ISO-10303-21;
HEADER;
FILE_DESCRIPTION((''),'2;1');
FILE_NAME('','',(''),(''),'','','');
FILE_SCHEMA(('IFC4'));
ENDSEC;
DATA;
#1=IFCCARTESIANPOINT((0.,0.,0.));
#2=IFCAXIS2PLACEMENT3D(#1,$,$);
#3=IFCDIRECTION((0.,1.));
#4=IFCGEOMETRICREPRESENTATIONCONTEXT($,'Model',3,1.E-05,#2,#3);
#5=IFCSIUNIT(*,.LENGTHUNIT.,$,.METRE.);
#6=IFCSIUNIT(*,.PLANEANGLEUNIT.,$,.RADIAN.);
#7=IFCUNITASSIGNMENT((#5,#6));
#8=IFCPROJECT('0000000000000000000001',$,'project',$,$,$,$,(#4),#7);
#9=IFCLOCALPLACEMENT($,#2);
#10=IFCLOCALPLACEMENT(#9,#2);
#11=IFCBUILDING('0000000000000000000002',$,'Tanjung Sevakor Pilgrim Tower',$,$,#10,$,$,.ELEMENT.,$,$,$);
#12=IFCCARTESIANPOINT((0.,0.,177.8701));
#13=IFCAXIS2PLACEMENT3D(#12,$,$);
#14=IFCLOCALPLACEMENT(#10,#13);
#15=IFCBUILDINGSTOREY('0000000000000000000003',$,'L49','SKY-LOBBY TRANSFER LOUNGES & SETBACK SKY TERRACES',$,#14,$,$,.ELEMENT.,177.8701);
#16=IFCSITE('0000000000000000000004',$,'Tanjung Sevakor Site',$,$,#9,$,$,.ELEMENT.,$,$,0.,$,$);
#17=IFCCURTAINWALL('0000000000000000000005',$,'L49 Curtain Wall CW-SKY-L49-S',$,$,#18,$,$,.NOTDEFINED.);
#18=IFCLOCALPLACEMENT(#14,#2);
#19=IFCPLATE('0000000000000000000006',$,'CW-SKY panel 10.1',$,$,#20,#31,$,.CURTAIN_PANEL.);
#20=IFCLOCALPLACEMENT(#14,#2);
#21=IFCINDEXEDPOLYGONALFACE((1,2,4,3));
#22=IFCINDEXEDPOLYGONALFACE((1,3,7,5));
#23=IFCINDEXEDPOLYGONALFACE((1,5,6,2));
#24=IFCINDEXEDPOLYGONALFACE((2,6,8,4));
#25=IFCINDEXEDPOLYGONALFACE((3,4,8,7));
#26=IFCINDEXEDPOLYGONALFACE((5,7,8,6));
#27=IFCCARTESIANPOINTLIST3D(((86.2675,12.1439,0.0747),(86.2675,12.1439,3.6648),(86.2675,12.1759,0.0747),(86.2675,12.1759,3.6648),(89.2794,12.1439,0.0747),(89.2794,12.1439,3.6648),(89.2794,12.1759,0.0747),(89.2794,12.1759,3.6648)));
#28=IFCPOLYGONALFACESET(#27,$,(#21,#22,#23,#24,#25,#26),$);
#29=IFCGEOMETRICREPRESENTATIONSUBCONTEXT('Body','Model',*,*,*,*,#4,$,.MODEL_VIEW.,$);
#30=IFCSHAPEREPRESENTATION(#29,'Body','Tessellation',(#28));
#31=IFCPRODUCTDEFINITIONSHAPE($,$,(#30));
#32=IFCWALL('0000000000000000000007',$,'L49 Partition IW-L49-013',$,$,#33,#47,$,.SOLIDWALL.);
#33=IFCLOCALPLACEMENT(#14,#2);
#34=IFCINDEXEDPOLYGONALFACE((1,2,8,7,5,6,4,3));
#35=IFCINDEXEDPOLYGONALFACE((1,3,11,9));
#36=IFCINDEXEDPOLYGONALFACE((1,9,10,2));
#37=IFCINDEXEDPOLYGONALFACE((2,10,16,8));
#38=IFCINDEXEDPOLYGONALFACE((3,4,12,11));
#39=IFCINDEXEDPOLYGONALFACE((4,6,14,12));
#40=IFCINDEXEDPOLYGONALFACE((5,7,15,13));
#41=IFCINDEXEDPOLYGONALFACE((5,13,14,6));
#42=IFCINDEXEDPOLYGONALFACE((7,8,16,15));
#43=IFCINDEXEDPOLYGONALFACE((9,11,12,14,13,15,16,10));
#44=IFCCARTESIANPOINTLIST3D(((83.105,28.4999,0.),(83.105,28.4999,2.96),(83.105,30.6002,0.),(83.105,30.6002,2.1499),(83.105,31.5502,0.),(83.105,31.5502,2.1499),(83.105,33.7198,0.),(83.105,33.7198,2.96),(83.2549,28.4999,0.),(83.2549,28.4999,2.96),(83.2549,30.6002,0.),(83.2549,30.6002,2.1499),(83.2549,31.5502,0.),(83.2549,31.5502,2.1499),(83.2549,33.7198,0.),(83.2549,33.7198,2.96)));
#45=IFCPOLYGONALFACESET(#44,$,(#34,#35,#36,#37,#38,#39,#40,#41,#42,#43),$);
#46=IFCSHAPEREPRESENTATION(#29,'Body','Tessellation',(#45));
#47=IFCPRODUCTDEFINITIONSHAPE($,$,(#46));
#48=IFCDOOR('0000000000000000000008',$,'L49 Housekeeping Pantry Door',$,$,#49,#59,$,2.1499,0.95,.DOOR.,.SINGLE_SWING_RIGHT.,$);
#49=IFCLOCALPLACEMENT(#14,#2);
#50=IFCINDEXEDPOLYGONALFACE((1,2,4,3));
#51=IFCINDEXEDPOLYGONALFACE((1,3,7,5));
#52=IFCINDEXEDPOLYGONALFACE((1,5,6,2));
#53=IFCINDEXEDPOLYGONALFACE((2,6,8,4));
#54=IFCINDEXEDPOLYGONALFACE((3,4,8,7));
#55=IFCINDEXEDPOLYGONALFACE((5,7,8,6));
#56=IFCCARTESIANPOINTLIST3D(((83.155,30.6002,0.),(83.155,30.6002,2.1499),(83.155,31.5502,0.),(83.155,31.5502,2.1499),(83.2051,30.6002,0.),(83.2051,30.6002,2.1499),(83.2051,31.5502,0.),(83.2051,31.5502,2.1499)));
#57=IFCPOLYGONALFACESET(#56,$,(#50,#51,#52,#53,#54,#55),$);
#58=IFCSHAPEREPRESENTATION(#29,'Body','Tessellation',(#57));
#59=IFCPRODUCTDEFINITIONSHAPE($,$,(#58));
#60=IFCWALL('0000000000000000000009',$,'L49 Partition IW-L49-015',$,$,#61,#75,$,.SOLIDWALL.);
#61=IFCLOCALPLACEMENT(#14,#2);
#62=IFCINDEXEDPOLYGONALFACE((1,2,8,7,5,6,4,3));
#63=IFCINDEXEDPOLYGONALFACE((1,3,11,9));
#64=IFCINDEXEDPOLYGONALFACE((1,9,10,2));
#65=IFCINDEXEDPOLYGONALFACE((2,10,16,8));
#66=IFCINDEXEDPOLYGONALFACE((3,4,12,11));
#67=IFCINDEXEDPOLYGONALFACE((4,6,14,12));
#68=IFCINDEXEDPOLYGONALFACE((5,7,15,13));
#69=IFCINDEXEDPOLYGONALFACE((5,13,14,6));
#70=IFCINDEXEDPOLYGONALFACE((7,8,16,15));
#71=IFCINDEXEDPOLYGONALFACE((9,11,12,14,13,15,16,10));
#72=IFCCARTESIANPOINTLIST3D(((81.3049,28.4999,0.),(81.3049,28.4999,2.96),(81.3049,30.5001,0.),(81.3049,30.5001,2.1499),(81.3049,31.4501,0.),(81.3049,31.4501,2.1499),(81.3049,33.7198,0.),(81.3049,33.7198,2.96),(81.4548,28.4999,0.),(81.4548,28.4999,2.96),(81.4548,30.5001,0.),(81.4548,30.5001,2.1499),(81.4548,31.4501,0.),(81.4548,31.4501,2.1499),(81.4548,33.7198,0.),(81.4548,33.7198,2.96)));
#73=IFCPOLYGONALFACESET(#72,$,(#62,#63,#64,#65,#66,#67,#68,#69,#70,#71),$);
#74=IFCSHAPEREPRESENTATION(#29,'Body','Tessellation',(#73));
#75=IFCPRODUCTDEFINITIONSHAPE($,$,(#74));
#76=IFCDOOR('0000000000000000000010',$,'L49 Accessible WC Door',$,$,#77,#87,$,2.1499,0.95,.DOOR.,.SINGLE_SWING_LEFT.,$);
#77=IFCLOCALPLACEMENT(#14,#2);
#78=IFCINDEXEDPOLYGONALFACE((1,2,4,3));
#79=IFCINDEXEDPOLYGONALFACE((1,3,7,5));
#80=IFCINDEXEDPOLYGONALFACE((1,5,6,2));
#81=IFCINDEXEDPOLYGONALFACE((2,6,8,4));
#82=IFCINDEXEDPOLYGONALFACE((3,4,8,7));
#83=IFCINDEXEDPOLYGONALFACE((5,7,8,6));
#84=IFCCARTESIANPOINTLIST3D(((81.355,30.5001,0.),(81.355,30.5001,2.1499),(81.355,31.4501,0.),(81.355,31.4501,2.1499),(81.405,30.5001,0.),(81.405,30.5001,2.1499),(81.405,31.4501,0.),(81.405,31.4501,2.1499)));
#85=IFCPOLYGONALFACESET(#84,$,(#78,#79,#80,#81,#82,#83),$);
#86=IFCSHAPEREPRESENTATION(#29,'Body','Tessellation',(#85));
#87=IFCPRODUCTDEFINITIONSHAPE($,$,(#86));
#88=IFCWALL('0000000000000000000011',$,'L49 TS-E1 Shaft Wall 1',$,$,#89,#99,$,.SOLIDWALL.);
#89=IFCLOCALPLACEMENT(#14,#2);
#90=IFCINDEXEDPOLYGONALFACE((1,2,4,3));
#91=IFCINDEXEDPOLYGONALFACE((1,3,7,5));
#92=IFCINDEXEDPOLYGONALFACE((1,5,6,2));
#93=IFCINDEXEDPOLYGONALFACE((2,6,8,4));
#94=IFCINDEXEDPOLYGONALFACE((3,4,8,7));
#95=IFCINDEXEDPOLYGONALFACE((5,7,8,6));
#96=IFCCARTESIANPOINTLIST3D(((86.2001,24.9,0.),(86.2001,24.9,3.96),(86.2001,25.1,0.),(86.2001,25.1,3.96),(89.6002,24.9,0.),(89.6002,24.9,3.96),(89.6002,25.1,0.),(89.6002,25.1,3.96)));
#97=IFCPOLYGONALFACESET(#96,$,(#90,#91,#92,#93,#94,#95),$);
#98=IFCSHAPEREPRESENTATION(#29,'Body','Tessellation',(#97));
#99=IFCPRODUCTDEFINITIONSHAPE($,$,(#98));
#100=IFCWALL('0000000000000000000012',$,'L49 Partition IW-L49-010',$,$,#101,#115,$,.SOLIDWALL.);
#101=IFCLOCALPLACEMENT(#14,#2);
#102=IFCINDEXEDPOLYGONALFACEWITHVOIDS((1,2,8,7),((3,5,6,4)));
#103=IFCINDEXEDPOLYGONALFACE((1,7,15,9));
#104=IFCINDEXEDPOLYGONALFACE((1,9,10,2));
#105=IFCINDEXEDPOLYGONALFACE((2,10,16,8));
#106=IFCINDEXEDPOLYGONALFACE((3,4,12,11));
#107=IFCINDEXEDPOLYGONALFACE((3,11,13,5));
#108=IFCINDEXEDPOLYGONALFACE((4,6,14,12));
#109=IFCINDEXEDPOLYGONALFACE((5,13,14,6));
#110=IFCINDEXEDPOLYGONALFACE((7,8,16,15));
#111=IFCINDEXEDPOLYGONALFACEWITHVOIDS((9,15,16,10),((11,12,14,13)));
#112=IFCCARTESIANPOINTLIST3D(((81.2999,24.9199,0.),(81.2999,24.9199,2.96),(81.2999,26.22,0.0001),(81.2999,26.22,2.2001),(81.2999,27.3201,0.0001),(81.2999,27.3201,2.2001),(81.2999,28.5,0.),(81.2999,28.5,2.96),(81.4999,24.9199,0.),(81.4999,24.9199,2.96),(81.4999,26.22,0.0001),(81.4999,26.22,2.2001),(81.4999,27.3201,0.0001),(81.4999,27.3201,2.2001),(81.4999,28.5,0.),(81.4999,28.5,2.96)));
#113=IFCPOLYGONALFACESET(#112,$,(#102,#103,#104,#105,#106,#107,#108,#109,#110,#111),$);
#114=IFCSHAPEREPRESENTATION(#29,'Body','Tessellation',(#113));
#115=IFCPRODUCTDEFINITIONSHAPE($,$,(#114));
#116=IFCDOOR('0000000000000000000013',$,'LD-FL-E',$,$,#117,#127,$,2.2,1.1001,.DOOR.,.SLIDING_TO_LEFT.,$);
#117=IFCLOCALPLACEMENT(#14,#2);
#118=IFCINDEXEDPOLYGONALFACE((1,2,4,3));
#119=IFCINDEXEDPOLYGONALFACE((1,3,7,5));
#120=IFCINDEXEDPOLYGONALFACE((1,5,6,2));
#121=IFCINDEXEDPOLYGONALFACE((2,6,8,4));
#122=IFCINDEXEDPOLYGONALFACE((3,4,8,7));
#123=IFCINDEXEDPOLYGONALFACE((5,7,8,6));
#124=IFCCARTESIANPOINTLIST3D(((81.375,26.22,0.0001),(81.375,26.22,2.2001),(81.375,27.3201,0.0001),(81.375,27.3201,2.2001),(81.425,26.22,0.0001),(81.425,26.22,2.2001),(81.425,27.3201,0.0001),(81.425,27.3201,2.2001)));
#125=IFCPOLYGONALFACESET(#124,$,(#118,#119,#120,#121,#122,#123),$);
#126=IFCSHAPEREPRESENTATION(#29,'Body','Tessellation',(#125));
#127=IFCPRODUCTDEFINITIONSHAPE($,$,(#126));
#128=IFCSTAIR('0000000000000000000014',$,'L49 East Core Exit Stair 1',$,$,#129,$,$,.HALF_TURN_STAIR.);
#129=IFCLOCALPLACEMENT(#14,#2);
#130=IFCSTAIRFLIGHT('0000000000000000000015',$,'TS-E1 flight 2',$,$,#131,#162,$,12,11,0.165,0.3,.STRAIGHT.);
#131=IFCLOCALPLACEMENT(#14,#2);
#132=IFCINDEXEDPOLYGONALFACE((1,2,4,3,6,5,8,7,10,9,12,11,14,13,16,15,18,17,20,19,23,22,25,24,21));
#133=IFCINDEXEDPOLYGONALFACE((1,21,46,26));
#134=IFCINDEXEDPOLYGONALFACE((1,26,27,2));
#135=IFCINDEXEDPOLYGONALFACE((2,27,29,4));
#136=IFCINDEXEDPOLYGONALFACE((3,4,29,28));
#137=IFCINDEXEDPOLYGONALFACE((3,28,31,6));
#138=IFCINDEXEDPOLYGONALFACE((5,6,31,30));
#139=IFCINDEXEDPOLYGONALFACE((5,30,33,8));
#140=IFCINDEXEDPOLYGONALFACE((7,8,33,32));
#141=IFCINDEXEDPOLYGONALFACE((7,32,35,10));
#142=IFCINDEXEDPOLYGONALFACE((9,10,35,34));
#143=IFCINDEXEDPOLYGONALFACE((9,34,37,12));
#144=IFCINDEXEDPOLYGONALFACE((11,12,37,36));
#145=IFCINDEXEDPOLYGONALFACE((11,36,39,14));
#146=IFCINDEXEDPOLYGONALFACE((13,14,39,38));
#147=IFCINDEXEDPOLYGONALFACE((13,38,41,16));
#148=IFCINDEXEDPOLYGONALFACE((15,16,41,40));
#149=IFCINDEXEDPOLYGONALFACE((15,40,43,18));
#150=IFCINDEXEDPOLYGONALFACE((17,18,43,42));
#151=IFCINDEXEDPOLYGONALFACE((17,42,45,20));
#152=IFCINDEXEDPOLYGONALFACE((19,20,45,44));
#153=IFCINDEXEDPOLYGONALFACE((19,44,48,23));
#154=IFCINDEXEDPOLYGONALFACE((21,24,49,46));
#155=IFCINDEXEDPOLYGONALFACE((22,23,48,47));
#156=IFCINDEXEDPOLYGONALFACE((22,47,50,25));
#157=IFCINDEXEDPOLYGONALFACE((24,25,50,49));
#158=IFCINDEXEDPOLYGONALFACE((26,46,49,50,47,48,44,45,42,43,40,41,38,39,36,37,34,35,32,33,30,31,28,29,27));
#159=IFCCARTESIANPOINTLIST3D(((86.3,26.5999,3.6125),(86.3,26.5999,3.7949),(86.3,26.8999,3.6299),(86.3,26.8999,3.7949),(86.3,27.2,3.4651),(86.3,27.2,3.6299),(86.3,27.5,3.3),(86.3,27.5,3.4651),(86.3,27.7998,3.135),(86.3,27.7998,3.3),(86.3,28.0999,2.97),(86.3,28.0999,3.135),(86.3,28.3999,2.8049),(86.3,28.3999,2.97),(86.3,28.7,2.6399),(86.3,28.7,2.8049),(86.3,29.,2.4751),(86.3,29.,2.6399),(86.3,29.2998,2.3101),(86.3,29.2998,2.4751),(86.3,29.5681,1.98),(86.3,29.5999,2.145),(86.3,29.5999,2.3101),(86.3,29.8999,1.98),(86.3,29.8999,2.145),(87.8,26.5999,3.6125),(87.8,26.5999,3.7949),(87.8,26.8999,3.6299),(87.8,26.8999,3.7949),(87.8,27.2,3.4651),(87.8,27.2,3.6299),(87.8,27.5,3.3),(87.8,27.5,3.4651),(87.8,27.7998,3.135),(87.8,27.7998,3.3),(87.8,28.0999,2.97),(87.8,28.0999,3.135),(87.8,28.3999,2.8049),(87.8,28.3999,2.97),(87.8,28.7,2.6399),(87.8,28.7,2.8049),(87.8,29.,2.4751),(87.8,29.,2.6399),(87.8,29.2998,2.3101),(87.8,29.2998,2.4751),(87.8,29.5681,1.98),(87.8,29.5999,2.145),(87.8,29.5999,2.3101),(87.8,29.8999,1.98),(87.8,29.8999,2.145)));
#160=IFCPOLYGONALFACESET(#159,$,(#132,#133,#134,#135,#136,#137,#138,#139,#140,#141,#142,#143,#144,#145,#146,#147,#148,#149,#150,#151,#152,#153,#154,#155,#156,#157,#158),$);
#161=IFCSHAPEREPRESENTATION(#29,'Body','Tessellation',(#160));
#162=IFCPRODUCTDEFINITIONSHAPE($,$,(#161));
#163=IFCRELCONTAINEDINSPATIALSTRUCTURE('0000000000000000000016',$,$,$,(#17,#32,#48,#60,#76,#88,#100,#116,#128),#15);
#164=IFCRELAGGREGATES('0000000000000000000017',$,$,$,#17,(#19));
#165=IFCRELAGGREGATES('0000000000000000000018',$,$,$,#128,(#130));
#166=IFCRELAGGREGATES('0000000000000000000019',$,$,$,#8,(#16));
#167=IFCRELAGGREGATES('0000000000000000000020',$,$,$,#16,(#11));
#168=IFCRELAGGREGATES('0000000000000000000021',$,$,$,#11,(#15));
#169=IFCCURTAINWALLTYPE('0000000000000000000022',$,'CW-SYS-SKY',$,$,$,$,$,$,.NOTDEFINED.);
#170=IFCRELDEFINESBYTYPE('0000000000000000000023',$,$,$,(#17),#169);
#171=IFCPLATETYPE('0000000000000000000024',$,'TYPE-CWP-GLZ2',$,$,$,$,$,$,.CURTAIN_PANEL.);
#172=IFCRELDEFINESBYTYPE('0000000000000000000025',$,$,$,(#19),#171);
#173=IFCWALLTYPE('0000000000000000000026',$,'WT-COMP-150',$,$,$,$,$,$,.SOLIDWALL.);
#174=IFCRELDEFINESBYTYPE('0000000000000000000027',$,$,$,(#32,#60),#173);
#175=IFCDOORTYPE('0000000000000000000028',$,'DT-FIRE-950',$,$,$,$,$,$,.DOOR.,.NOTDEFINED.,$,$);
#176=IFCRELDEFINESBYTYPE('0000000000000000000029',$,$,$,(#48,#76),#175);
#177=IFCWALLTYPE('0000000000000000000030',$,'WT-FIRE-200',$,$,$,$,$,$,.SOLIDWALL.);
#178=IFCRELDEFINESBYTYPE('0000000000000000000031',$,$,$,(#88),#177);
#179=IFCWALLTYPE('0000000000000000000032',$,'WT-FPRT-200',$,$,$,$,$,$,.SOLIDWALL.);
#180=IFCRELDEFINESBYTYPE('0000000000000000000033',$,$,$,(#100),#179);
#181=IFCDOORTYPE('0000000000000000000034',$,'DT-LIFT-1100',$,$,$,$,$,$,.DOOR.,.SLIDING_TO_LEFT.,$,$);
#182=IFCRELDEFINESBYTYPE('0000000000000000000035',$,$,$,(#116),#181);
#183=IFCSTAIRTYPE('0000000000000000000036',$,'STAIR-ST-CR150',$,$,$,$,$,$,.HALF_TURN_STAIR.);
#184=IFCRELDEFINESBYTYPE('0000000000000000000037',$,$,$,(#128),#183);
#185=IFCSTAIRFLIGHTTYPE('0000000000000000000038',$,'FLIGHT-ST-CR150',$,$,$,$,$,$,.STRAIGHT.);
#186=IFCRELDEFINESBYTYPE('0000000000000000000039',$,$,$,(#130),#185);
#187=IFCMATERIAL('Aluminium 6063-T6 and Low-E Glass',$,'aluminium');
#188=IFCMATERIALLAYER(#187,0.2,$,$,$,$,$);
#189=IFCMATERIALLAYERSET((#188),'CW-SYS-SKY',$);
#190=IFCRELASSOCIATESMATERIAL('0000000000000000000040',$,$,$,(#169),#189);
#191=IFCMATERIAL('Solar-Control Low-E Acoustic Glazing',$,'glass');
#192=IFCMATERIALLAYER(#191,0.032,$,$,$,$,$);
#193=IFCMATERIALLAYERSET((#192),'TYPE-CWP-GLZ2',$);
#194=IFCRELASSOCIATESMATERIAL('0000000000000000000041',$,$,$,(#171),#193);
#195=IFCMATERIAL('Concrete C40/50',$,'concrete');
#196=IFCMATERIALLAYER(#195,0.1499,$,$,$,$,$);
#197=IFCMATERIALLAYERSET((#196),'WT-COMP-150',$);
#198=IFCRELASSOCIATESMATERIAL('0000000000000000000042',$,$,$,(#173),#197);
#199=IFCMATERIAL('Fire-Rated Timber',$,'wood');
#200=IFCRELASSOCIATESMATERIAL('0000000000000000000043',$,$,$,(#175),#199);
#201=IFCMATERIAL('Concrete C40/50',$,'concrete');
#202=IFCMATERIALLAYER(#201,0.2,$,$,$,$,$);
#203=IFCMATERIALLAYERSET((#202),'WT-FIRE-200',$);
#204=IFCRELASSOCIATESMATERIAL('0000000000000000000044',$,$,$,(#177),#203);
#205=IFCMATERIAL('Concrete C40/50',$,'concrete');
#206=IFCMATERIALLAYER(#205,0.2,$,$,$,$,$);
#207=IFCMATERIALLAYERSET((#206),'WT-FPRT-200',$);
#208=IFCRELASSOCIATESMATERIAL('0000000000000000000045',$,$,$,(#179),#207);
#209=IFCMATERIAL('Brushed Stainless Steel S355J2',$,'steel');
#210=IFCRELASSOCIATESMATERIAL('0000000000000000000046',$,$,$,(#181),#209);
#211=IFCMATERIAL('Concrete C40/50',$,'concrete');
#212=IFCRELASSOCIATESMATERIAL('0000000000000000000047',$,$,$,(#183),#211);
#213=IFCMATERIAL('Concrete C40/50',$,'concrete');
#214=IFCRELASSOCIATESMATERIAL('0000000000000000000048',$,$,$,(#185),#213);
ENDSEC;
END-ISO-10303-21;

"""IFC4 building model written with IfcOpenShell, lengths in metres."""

from ifc_helpers import new_model, si_unit, direction, frame, frame_2d, origin, origin_2d, place, context, subcontext, project, spatial, polyline, rectangle, outline, extrude, material, layer, layer_set, type_object, element, fill, aggregate, save


model = new_model("IFC4")

# Units and contexts
model_context = context("Model", 3, precision=1e-05, world=origin(), true_north=direction((0.0, 1.0)))
body_context = subcontext(model_context, "Body", "Model", "MODEL_VIEW")
ifc_project = project(units=[si_unit("LENGTHUNIT", "METRE"), si_unit("PLANEANGLEUNIT", "RADIAN")], contexts=[model_context])

# Site, building, storey
site_placement = place(None, origin())
site = spatial("IfcSite", under=ifc_project, at=site_placement, Name="Tanjung Sevakor Site", CompositionType="ELEMENT", RefElevation=0.0)
building_placement = place(site_placement, origin())
building = spatial("IfcBuilding", under=site, at=building_placement, Name="Tanjung Sevakor Pilgrim Tower", CompositionType="ELEMENT")
storey_placement = place(building_placement, frame((0.0, 0.0, 177.8701)))
storey = spatial("IfcBuildingStorey", under=building, at=storey_placement, Name="L49", Description="SKY-LOBBY TRANSFER LOUNGES & SETBACK SKY TERRACES", CompositionType="ELEMENT", Elevation=177.8701)

# Curtain wall, plate
ifc_material_1 = material(Name="Aluminium 6063-T6 and Low-E Glass", Category="aluminium")
ifc_layer_1 = layer(ifc_material_1, 0.2)
ifc_layer_set_1 = layer_set([ifc_layer_1], Name="CW-SYS-SKY")
curtain_wall_type = type_object("IfcCurtainWallType", Name="CW-SYS-SKY", PredefinedType="NOTDEFINED", material=ifc_layer_set_1)
curtain_wall_placement = place(storey_placement, origin())
curtain_wall = element("IfcCurtainWall", 1, at=curtain_wall_placement, inside=storey, type_object=curtain_wall_type, Name="L49 Curtain Wall CW-SKY-L49-S", PredefinedType="NOTDEFINED")
ifc_material_2 = material(Name="Solar-Control Low-E Acoustic Glazing", Category="glass")
ifc_layer_2 = layer(ifc_material_2, 0.032)
ifc_layer_set_2 = layer_set([ifc_layer_2], Name="TYPE-CWP-GLZ2")
plate_type = type_object("IfcPlateType", Name="TYPE-CWP-GLZ2", PredefinedType="CURTAIN_PANEL", material=ifc_layer_set_2)
plate_1_placement = place(storey_placement, frame((87.7734, 12.1599, 0.0747), z_axis=(0.0, 0.0, 1.0), x_axis=(1.0, 0.0, 0.0)))
plate_1 = element("IfcPlate", 2, at=plate_1_placement, type_object=plate_type, Name="CW-SKY panel 10.1", PredefinedType="CURTAIN_PANEL", context=body_context, shape_type="SweptSolid", body=[
    extrude(rectangle(XDim=3.012, YDim=0.032, at=origin_2d()), origin(), (0.0, 0.0, 1.0), 3.5901),
])
aggregate(curtain_wall, [plate_1])

# Walls, openings, doors
ifc_material_3 = material(Name="Concrete C40/50", Category="concrete")
ifc_layer_3 = layer(ifc_material_3, 0.1499)
ifc_layer_set_3 = layer_set([ifc_layer_3], Name="WT-COMP-150")
wall_type_1 = type_object("IfcWallType", Name="WT-COMP-150", PredefinedType="SOLIDWALL", material=ifc_layer_set_3)
wall_1_placement = place(storey_placement, frame((83.1799, 28.5, 0.0), z_axis=(0.0, 0.0, 1.0), x_axis=(0.0, 1.0, 0.0)))
wall_1 = element("IfcWall", 3, at=wall_1_placement, inside=storey, type_object=wall_type_1, Name="L49 Partition IW-L49-013", PredefinedType="SOLIDWALL", context=body_context, shape_type="SweptSolid", body=[
    extrude(rectangle(XDim=5.22, YDim=0.1499, at=frame_2d((2.6099, 0.0))), origin(), (0.0, 0.0, 1.0), 2.96),
])
opening_1_placement = place(wall_1_placement, frame((2.1001, 0.0, 0.0)))
opening_1 = element("IfcOpeningElement", 4, at=opening_1_placement, cuts=wall_1, PredefinedType="OPENING", context=body_context, shape_type="SweptSolid", body=[
    extrude(rectangle(XDim=0.95, YDim=2.1499, at=frame_2d((0.4751, 1.075))), frame((0.0, 0.085, 0.0), z_axis=(0.0, -1.0, 0.0), x_axis=(1.0, 0.0, 0.0)), (0.0, 0.0, 1.0), 0.1699),
])
ifc_material_4 = material(Name="Fire-Rated Timber", Category="wood")
door_type_1 = type_object("IfcDoorType", Name="DT-FIRE-950", OperationType="NOTDEFINED", PredefinedType="DOOR", material=ifc_material_4)
door_1_placement = place(opening_1_placement, origin())
door_1 = element("IfcDoor", 5, at=door_1_placement, inside=storey, type_object=door_type_1, Name="L49 Housekeeping Pantry Door", OperationType="SINGLE_SWING_RIGHT", OverallHeight=2.1499, OverallWidth=0.95, PredefinedType="DOOR", context=body_context, shape_type="SweptSolid", body=[
    extrude(rectangle(XDim=0.95, YDim=2.1499, at=frame_2d((0.4751, 1.075))), frame((0.0, 0.0249, 0.0), z_axis=(0.0, -1.0, 0.0), x_axis=(1.0, 0.0, 0.0)), (0.0, 0.0, 1.0), 0.05),
])
fill(opening_1, door_1)
wall_2_placement = place(storey_placement, frame((81.3799, 28.5, 0.0), z_axis=(0.0, 0.0, 1.0), x_axis=(0.0, 1.0, 0.0)))
wall_2 = element("IfcWall", 6, at=wall_2_placement, inside=storey, type_object=wall_type_1, Name="L49 Partition IW-L49-015", PredefinedType="SOLIDWALL", context=body_context, shape_type="SweptSolid", body=[
    extrude(rectangle(XDim=5.22, YDim=0.1499, at=frame_2d((2.6099, 0.0))), origin(), (0.0, 0.0, 1.0), 2.96),
])
opening_2_placement = place(wall_2_placement, frame((2.0, 0.0, 0.0)))
opening_2 = element("IfcOpeningElement", 7, at=opening_2_placement, cuts=wall_2, PredefinedType="OPENING", context=body_context, shape_type="SweptSolid", body=[
    extrude(rectangle(XDim=0.95, YDim=2.1499, at=frame_2d((0.4751, 1.075))), frame((0.0, 0.085, 0.0), z_axis=(0.0, -1.0, 0.0), x_axis=(1.0, 0.0, 0.0)), (0.0, 0.0, 1.0), 0.1699),
])
door_2_placement = place(opening_2_placement, origin())
door_2 = element("IfcDoor", 8, at=door_2_placement, inside=storey, type_object=door_type_1, Name="L49 Accessible WC Door", OperationType="SINGLE_SWING_LEFT", OverallHeight=2.1499, OverallWidth=0.95, PredefinedType="DOOR", context=body_context, shape_type="SweptSolid", body=[
    extrude(rectangle(XDim=0.95, YDim=2.1499, at=frame_2d((0.4751, 1.075))), frame((0.0, 0.0249, 0.0), z_axis=(0.0, -1.0, 0.0), x_axis=(1.0, 0.0, 0.0)), (0.0, 0.0, 1.0), 0.05),
])
fill(opening_2, door_2)

# Wall
ifc_material_5 = material(Name="Concrete C40/50", Category="concrete")
ifc_layer_4 = layer(ifc_material_5, 0.2)
ifc_layer_set_4 = layer_set([ifc_layer_4], Name="WT-FIRE-200")
wall_type_2 = type_object("IfcWallType", Name="WT-FIRE-200", PredefinedType="SOLIDWALL", material=ifc_layer_set_4)
wall_3_placement = place(storey_placement, frame((86.2, 25.0, 0.0), z_axis=(0.0, 0.0, 1.0), x_axis=(1.0, 0.0, 0.0)))
element("IfcWall", 9, at=wall_3_placement, inside=storey, type_object=wall_type_2, Name="L49 TS-E1 Shaft Wall 1", PredefinedType="SOLIDWALL", context=body_context, shape_type="SweptSolid", body=[
    extrude(rectangle(XDim=3.4001, YDim=0.2, at=frame_2d((1.7002, 0.0))), origin(), (0.0, 0.0, 1.0), 3.96),
])

# Wall, opening, door
ifc_material_6 = material(Name="Concrete C40/50", Category="concrete")
ifc_layer_5 = layer(ifc_material_6, 0.2)
ifc_layer_set_5 = layer_set([ifc_layer_5], Name="WT-FPRT-200")
wall_type_3 = type_object("IfcWallType", Name="WT-FPRT-200", PredefinedType="SOLIDWALL", material=ifc_layer_set_5)
wall_4_placement = place(storey_placement, frame((81.3999, 24.9199, 0.0), z_axis=(0.0, 0.0, 1.0), x_axis=(0.0, 1.0, 0.0)))
wall_4 = element("IfcWall", 10, at=wall_4_placement, inside=storey, type_object=wall_type_3, Name="L49 Partition IW-L49-010", PredefinedType="SOLIDWALL", context=body_context, shape_type="SweptSolid", body=[
    extrude(rectangle(XDim=3.5801, YDim=0.2, at=frame_2d((1.79, 0.0))), origin(), (0.0, 0.0, 1.0), 2.96),
])
opening_3_placement = place(wall_4_placement, frame((1.3, 0.0, 0.0)))
opening_3 = element("IfcOpeningElement", 11, at=opening_3_placement, cuts=wall_4, PredefinedType="OPENING", context=body_context, shape_type="SweptSolid", body=[
    extrude(rectangle(XDim=1.1001, YDim=2.2, at=frame_2d((0.55, 1.1001))), frame((0.0, 0.1099, 0.0), z_axis=(0.0, -1.0, 0.0), x_axis=(1.0, 0.0, 0.0)), (0.0, 0.0, 1.0), 0.22),
])
ifc_material_7 = material(Name="Brushed Stainless Steel S355J2", Category="steel")
door_type_2 = type_object("IfcDoorType", Name="DT-LIFT-1100", OperationType="SLIDING_TO_LEFT", PredefinedType="DOOR", material=ifc_material_7)
door_3_placement = place(opening_3_placement, origin())
door_3 = element("IfcDoor", 12, at=door_3_placement, inside=storey, type_object=door_type_2, Name="LD-FL-E", OperationType="SLIDING_TO_LEFT", OverallHeight=2.2, OverallWidth=1.1001, PredefinedType="DOOR", context=body_context, shape_type="SweptSolid", body=[
    extrude(rectangle(XDim=1.1001, YDim=2.2, at=frame_2d((0.55, 1.1001))), frame((0.0, 0.0249, 0.0), z_axis=(0.0, -1.0, 0.0), x_axis=(1.0, 0.0, 0.0)), (0.0, 0.0, 1.0), 0.05),
])
fill(opening_3, door_3)

# Stair, stair flight
ifc_material_8 = material(Name="Concrete C40/50", Category="concrete")
stair_type = type_object("IfcStairType", Name="STAIR-ST-CR150", PredefinedType="HALF_TURN_STAIR", material=ifc_material_8)
stair_placement = place(storey_placement, origin())
stair = element("IfcStair", 13, at=stair_placement, inside=storey, type_object=stair_type, Name="L49 East Core Exit Stair 1", PredefinedType="HALF_TURN_STAIR")
ifc_material_9 = material(Name="Concrete C40/50", Category="concrete")
stair_flight_type = type_object("IfcStairFlightType", Name="FLIGHT-ST-CR150", PredefinedType="STRAIGHT", material=ifc_material_9)
stair_flight_placement = place(storey_placement, frame((87.05, 29.8999, 1.98), z_axis=(0.0, 0.0, 1.0), x_axis=(0.0, -1.0, 0.0)))
stair_flight = element("IfcStairFlight", 14, at=stair_flight_placement, type_object=stair_flight_type, Name="TS-E1 flight 2", NumberOfRisers=12, NumberOfTreads=11, PredefinedType="STRAIGHT", RiserHeight=0.165, TreadLength=0.3, context=body_context, shape_type="SweptSolid", body=[
    extrude(outline(polyline([(0.0, 0.0), (0.0, 0.165), (0.3, 0.165), (0.3, 0.3301), (0.6001, 0.3301), (0.6001, 0.4951), (0.8999, 0.4951), (0.8999, 0.6599), (1.2, 0.6599), (1.2, 0.825), (1.5, 0.825), (1.5, 0.99), (1.8, 0.99), (1.8, 1.155), (2.1001, 1.155), (2.1001, 1.3201), (2.3999, 1.3201), (2.3999, 1.4851), (2.7, 1.4851), (2.7, 1.6499), (3.0, 1.6499), (3.0, 1.8149), (3.3, 1.8149), (3.3, 1.98), (3.3, 1.6326), (0.3318, 0.0), (0.0, 0.0)])), frame((0.0, 0.75, 0.0), z_axis=(0.0, -1.0, 0.0), x_axis=(1.0, 0.0, 0.0)), (0.0, 0.0, 1.0), 1.5),
])
aggregate(stair, [stair_flight])

save(model, "model.ifc")
